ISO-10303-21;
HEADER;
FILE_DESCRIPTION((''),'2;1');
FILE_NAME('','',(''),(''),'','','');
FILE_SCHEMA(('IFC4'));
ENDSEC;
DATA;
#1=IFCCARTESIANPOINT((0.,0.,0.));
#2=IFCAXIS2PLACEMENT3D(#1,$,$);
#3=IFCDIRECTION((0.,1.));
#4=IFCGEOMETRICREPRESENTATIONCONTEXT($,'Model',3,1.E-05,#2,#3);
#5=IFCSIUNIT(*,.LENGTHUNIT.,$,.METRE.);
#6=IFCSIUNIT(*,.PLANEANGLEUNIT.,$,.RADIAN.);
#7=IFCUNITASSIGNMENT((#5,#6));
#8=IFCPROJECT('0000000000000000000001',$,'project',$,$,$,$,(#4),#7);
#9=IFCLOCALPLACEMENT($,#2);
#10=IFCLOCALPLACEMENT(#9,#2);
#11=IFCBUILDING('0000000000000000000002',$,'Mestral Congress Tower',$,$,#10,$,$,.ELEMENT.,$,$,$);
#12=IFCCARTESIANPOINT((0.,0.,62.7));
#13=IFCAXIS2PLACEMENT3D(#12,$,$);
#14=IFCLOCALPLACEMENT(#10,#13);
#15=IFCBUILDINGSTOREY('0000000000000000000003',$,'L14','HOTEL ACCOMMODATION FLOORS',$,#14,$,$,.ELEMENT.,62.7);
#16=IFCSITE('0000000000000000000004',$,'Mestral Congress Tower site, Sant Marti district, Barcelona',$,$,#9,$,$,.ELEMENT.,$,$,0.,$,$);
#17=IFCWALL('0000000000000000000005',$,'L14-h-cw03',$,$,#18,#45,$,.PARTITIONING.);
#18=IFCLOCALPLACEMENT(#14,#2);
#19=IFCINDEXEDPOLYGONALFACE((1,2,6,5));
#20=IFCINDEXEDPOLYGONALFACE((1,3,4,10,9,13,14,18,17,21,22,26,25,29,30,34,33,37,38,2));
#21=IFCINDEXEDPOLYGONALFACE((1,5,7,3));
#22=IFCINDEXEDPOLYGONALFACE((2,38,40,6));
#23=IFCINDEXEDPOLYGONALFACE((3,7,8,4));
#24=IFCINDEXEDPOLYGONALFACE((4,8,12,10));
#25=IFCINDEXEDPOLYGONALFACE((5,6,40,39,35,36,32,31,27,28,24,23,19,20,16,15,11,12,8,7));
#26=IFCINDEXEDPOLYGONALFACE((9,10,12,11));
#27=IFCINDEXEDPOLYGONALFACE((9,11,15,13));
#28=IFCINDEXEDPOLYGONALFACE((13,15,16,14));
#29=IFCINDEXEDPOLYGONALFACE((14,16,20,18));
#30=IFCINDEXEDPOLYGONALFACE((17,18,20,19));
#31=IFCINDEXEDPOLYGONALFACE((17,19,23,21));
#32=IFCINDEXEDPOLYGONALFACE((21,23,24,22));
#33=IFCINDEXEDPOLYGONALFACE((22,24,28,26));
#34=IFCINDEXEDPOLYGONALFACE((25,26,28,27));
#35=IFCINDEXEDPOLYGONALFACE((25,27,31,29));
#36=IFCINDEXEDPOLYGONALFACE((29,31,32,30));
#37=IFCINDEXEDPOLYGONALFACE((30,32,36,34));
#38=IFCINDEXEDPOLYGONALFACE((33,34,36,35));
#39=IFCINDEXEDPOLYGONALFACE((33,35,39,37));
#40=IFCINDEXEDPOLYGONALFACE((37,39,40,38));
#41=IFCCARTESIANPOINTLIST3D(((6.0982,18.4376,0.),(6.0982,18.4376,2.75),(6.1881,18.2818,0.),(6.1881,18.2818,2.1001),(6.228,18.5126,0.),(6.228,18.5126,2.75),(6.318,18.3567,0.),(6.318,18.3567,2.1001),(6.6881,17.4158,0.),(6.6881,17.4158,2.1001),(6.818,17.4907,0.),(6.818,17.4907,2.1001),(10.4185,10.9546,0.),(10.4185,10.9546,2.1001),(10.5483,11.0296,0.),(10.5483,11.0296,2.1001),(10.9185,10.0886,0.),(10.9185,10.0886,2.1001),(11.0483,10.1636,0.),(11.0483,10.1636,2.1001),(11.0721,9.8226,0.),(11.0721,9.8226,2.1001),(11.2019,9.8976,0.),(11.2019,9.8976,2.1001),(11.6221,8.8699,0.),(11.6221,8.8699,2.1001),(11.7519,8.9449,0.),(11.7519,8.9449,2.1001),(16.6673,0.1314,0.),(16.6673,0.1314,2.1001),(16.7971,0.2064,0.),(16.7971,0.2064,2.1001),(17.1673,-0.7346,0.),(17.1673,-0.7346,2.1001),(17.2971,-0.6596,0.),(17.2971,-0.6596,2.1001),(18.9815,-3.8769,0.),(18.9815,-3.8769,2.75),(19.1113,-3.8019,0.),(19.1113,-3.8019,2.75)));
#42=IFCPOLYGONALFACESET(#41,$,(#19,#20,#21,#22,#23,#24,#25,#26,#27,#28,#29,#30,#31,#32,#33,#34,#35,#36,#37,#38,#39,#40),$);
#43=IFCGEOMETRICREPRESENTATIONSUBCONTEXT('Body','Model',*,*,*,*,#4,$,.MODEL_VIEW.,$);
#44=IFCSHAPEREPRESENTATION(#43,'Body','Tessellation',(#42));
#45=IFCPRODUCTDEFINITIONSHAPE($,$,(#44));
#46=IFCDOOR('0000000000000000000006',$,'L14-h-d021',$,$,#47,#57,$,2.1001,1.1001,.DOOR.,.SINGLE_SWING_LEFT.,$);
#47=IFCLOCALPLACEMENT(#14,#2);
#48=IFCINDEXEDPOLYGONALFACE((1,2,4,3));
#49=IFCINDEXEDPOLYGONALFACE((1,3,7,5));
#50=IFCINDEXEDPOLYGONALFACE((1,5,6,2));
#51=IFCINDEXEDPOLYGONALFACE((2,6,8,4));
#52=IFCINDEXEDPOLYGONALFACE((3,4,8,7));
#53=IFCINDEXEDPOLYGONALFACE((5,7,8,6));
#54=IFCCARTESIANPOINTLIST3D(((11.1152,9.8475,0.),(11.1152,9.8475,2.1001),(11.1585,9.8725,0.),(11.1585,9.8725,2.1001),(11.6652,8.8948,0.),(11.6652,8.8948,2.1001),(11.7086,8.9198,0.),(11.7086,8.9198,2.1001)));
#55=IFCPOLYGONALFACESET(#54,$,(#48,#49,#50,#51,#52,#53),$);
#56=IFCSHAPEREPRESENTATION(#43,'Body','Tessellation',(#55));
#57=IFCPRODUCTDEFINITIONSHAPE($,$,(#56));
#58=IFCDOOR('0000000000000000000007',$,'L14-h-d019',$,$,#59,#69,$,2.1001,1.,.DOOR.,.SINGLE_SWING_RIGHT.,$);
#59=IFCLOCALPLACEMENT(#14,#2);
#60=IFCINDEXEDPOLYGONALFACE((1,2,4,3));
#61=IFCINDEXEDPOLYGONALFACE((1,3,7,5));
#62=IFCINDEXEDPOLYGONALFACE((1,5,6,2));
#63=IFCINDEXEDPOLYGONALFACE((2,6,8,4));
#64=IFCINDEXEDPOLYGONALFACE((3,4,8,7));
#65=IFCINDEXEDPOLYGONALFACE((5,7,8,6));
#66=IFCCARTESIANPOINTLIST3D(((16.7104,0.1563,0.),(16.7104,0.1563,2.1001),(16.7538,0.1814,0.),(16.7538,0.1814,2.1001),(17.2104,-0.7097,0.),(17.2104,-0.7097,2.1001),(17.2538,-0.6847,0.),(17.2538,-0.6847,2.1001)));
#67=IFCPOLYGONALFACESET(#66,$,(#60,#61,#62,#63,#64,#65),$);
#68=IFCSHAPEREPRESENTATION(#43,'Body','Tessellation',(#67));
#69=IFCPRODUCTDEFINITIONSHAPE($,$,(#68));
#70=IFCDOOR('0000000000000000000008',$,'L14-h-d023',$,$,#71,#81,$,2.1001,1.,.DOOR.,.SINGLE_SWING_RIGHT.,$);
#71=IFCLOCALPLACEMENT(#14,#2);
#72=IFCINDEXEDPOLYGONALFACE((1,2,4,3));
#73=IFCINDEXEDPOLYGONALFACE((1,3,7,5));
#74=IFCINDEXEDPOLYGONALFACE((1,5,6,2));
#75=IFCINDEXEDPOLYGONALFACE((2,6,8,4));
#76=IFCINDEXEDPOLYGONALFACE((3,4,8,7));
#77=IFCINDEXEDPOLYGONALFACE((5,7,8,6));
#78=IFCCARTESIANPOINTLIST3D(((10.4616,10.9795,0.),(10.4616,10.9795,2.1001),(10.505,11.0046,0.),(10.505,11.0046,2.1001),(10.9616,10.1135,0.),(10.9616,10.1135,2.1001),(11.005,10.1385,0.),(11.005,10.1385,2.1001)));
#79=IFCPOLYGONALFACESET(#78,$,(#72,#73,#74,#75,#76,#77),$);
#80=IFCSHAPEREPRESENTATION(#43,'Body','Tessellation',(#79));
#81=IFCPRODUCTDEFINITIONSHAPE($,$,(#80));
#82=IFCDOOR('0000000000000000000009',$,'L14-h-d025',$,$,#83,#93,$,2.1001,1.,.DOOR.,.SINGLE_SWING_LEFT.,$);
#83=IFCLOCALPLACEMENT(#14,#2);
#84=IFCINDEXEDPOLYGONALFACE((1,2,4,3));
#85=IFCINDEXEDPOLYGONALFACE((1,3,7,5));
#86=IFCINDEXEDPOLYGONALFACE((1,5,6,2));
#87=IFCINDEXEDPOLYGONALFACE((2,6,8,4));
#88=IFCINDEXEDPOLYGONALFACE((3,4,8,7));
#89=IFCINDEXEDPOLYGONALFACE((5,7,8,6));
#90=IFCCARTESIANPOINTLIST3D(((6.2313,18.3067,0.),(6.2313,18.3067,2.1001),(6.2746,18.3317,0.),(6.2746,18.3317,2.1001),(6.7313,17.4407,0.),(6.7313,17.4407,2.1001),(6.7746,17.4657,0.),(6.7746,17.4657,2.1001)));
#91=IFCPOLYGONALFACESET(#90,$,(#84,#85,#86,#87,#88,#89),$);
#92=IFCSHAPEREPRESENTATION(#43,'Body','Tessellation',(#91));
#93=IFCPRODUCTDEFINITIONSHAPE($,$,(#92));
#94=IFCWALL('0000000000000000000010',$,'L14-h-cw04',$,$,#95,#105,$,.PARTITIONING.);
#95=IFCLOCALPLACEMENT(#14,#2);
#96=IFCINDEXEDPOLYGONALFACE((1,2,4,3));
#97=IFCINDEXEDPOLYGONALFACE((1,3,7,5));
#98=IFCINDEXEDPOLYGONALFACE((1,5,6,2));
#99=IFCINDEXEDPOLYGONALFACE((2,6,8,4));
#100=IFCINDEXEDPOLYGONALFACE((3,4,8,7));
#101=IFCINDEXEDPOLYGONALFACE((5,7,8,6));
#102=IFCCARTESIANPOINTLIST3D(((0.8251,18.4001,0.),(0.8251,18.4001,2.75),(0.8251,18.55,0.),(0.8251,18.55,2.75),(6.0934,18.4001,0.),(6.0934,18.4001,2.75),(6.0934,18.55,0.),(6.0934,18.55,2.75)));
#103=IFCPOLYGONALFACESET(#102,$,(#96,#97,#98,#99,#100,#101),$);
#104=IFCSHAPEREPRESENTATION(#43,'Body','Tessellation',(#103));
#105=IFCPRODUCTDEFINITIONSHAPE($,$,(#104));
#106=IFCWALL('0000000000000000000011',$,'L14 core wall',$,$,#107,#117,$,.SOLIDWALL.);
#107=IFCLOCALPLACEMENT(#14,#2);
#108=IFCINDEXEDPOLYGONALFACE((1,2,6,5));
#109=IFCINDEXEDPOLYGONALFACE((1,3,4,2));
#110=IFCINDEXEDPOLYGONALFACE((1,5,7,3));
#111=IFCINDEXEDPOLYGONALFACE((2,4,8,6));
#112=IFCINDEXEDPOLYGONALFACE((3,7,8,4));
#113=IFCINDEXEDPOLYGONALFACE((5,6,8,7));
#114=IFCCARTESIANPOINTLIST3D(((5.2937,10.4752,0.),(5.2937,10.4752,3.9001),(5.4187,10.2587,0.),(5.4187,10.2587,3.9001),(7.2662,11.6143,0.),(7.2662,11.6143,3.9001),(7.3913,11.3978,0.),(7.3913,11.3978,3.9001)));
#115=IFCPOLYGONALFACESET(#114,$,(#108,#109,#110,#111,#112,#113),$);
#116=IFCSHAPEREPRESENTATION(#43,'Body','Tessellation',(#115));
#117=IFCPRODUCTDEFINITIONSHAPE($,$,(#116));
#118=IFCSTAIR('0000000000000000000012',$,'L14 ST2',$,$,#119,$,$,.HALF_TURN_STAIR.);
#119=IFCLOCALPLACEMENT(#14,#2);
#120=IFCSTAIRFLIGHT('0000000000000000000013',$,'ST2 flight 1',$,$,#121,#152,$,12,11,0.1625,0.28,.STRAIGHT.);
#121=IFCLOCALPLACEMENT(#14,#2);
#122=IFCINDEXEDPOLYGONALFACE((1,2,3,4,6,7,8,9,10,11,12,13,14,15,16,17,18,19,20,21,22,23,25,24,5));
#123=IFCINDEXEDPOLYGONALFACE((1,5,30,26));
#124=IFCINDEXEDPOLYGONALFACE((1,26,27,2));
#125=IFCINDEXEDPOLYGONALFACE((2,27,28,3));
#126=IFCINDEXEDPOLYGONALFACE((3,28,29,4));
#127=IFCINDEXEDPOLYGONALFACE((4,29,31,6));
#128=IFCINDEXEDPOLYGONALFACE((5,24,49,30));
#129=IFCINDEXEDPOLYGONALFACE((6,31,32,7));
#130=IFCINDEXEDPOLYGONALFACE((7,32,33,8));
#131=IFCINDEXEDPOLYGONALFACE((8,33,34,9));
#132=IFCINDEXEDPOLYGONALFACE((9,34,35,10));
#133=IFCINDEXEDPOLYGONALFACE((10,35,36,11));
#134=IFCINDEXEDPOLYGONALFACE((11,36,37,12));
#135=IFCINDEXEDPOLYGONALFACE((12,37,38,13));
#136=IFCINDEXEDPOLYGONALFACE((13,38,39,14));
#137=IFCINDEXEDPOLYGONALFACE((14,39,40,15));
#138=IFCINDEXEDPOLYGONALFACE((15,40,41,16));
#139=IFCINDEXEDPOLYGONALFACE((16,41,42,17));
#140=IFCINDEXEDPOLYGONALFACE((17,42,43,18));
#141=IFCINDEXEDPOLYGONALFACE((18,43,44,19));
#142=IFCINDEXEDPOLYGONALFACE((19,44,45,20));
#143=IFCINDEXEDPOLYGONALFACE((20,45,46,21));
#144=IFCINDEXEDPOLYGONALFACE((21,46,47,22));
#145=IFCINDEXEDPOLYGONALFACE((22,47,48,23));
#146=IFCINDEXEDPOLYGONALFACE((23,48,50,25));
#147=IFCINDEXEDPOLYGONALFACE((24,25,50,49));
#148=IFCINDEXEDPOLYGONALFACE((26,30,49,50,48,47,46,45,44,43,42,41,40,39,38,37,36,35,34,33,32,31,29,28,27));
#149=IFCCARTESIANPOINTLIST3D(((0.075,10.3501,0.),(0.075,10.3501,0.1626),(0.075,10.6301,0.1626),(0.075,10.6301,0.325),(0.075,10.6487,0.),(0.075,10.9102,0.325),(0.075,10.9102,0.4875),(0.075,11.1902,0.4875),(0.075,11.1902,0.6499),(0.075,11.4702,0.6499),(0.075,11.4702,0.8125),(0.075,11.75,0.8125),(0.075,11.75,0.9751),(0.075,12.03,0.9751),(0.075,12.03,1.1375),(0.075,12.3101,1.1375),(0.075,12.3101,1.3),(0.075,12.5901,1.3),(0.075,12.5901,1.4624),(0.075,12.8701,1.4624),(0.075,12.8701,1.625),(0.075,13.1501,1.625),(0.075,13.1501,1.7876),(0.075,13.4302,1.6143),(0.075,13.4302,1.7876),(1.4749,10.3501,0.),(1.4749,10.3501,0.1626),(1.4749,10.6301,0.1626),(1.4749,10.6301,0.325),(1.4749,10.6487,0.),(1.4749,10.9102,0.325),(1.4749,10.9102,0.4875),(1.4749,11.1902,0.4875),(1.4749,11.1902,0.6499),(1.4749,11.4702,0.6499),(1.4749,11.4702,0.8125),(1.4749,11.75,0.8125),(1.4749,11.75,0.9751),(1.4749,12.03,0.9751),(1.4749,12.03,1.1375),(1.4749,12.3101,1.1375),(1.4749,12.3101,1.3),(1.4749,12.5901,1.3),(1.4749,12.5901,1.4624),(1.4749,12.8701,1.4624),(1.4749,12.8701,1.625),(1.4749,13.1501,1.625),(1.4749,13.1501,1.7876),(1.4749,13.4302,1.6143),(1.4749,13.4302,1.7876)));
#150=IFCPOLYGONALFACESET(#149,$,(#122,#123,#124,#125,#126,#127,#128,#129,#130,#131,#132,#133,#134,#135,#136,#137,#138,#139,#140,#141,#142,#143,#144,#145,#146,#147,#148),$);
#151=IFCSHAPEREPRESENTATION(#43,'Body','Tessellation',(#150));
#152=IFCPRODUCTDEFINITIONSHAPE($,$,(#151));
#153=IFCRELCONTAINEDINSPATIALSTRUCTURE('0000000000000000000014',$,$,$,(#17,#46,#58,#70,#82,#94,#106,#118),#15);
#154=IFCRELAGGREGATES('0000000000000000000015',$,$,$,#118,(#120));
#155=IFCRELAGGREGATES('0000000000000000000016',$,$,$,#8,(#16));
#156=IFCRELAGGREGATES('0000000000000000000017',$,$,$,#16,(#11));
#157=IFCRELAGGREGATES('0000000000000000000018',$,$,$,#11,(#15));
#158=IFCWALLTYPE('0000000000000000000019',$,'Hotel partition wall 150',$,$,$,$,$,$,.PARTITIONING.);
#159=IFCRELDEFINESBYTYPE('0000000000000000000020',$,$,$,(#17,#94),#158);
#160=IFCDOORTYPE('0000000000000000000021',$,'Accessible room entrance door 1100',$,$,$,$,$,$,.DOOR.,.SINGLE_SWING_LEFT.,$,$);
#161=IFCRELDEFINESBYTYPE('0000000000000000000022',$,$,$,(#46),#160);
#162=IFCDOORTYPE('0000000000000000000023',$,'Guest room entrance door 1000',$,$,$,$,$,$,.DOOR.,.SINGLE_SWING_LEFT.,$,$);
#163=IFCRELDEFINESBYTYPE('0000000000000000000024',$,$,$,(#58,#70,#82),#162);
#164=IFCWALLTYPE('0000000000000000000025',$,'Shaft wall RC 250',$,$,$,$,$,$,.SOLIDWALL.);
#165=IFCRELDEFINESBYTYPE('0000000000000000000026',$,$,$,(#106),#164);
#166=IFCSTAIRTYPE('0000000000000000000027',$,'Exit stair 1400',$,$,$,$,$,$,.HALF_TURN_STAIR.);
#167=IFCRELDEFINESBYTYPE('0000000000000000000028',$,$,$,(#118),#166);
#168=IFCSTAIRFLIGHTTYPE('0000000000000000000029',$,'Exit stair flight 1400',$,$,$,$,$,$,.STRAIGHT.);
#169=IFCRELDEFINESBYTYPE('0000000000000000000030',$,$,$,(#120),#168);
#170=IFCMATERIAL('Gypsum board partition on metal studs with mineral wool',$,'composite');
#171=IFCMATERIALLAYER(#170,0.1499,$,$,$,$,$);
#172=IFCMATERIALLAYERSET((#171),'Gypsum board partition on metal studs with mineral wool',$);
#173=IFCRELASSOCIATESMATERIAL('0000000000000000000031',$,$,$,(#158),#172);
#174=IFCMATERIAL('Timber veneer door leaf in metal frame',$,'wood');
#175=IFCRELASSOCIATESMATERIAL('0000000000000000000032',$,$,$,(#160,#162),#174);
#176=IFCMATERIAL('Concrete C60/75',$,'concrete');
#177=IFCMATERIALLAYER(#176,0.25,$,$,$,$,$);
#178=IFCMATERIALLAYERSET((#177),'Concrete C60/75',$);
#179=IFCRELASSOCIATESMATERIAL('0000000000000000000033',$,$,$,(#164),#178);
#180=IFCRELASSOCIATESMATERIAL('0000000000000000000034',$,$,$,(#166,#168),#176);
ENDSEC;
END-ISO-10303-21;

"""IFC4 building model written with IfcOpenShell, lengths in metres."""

from ifc_helpers import new_model, si_unit, direction, frame, frame_2d, origin, place, context, subcontext, project, spatial, polyline, rectangle, outline, extrude, material, layer, layer_set, type_object, element, fill, aggregate, save


model = new_model("IFC4")

# Units and contexts
model_context = context("Model", 3, precision=1e-05, world=origin(), true_north=direction((0.0, 1.0)))
body_context = subcontext(model_context, "Body", "Model", "MODEL_VIEW")
ifc_project = project(units=[si_unit("LENGTHUNIT", "METRE"), si_unit("PLANEANGLEUNIT", "RADIAN")], contexts=[model_context])

# Site, building, storey
site_placement = place(None, origin())
site = spatial("IfcSite", under=ifc_project, at=site_placement, Name="Mestral Congress Tower site, Sant Marti district, Barcelona", CompositionType="ELEMENT", RefElevation=0.0)
building_placement = place(site_placement, origin())
building = spatial("IfcBuilding", under=site, at=building_placement, Name="Mestral Congress Tower", CompositionType="ELEMENT")
storey_placement = place(building_placement, frame((0.0, 0.0, 62.7)))
storey = spatial("IfcBuildingStorey", under=building, at=storey_placement, Name="L14", Description="HOTEL ACCOMMODATION FLOORS", CompositionType="ELEMENT", Elevation=62.7)

# Shared definitions
ifc_material_1 = material(Name="Concrete C60/75", Category="concrete")

# Shared definitions
ifc_material_2 = material(Name="Gypsum board partition on metal studs with mineral wool", Category="composite")

# Wall, openings, doors
ifc_layer_1 = layer(ifc_material_2, 0.1499)
ifc_layer_set_1 = layer_set([ifc_layer_1], Name="Gypsum board partition on metal studs with mineral wool")
wall_type_1 = type_object("IfcWallType", Name="Hotel partition wall 150", PredefinedType="PARTITIONING", material=ifc_layer_set_1)
wall_1_placement = place(storey_placement, frame((6.1631, 18.4751, 0.0), z_axis=(0.0, 0.0, 1.0), x_axis=(0.500001, -0.866025, 0.0)))
wall_1 = element("IfcWall", 1, at=wall_1_placement, inside=storey, type_object=wall_type_1, Name="L14-h-cw03", PredefinedType="PARTITIONING", context=body_context, shape_type="SweptSolid", body=[
    extrude(rectangle(XDim=25.7666, YDim=0.1499, at=frame_2d((12.8833, 0.0))), origin(), (0.0, 0.0, 1.0), 2.75),
])
opening_1_placement = place(wall_1_placement, frame((21.1382, 0.0, 0.0)))
opening_1 = element("IfcOpeningElement", 2, at=opening_1_placement, cuts=wall_1, PredefinedType="OPENING", context=body_context, shape_type="SweptSolid", body=[
    extrude(rectangle(XDim=1.0, YDim=2.1001, at=frame_2d((0.5, 1.05))), frame((0.0, 0.085, 0.0), z_axis=(0.0, -1.0, 0.0), x_axis=(1.0, 0.0, 0.0)), (0.0, 0.0, 1.0), 0.1699),
])
opening_2_placement = place(wall_1_placement, frame((9.9478, 0.0, 0.0)))
opening_2 = element("IfcOpeningElement", 3, at=opening_2_placement, cuts=wall_1, PredefinedType="OPENING", context=body_context, shape_type="SweptSolid", body=[
    extrude(rectangle(XDim=1.1001, YDim=2.1001, at=frame_2d((0.55, 1.05))), frame((0.0, 0.085, 0.0), z_axis=(0.0, -1.0, 0.0), x_axis=(1.0, 0.0, 0.0)), (0.0, 0.0, 1.0), 0.1699),
])
opening_3_placement = place(wall_1_placement, frame((8.6406, 0.0, 0.0)))
opening_3 = element("IfcOpeningElement", 4, at=opening_3_placement, cuts=wall_1, PredefinedType="OPENING", context=body_context, shape_type="SweptSolid", body=[
    extrude(rectangle(XDim=1.0, YDim=2.1001, at=frame_2d((0.5, 1.05))), frame((0.0, 0.085, 0.0), z_axis=(0.0, -1.0, 0.0), x_axis=(1.0, 0.0, 0.0)), (0.0, 0.0, 1.0), 0.1699),
])
opening_4_placement = place(wall_1_placement, frame((0.1799, 0.0, 0.0)))
opening_4 = element("IfcOpeningElement", 5, at=opening_4_placement, cuts=wall_1, PredefinedType="OPENING", context=body_context, shape_type="SweptSolid", body=[
    extrude(rectangle(XDim=1.0, YDim=2.1001, at=frame_2d((0.5, 1.05))), frame((0.0, 0.085, 0.0), z_axis=(0.0, -1.0, 0.0), x_axis=(1.0, 0.0, 0.0)), (0.0, 0.0, 1.0), 0.1699),
])
ifc_material_3 = material(Name="Timber veneer door leaf in metal frame", Category="wood")
door_type_1 = type_object("IfcDoorType", Name="Accessible room entrance door 1100", OperationType="SINGLE_SWING_LEFT", PredefinedType="DOOR", material=ifc_material_3)
door_1_placement = place(opening_2_placement, origin())
door_1 = element("IfcDoor", 6, at=door_1_placement, inside=storey, type_object=door_type_1, Name="L14-h-d021", OperationType="SINGLE_SWING_LEFT", OverallHeight=2.1001, OverallWidth=1.1001, PredefinedType="DOOR", context=body_context, shape_type="SweptSolid", body=[
    extrude(rectangle(XDim=1.1001, YDim=2.1001, at=frame_2d((0.55, 1.05))), frame((0.0, 0.0249, 0.0), z_axis=(0.0, -1.0, 0.0), x_axis=(1.0, 0.0, 0.0)), (0.0, 0.0, 1.0), 0.05),
])
fill(opening_2, door_1)
door_type_2 = type_object("IfcDoorType", Name="Guest room entrance door 1000", OperationType="SINGLE_SWING_LEFT", PredefinedType="DOOR", material=ifc_material_3)
door_2_placement = place(opening_1_placement, origin())
door_2 = element("IfcDoor", 7, at=door_2_placement, inside=storey, type_object=door_type_2, Name="L14-h-d019", OperationType="SINGLE_SWING_RIGHT", OverallHeight=2.1001, OverallWidth=1.0, PredefinedType="DOOR", context=body_context, shape_type="SweptSolid", body=[
    extrude(rectangle(XDim=1.0, YDim=2.1001, at=frame_2d((0.5, 1.05))), frame((0.0, 0.0249, 0.0), z_axis=(0.0, -1.0, 0.0), x_axis=(1.0, 0.0, 0.0)), (0.0, 0.0, 1.0), 0.05),
])
fill(opening_1, door_2)
door_3_placement = place(opening_3_placement, origin())
door_3 = element("IfcDoor", 8, at=door_3_placement, inside=storey, type_object=door_type_2, Name="L14-h-d023", OperationType="SINGLE_SWING_RIGHT", OverallHeight=2.1001, OverallWidth=1.0, PredefinedType="DOOR", context=body_context, shape_type="SweptSolid", body=[
    extrude(rectangle(XDim=1.0, YDim=2.1001, at=frame_2d((0.5, 1.05))), frame((0.0, 0.0249, 0.0), z_axis=(0.0, -1.0, 0.0), x_axis=(1.0, 0.0, 0.0)), (0.0, 0.0, 1.0), 0.05),
])
fill(opening_3, door_3)
door_4_placement = place(opening_4_placement, origin())
door_4 = element("IfcDoor", 9, at=door_4_placement, inside=storey, type_object=door_type_2, Name="L14-h-d025", OperationType="SINGLE_SWING_LEFT", OverallHeight=2.1001, OverallWidth=1.0, PredefinedType="DOOR", context=body_context, shape_type="SweptSolid", body=[
    extrude(rectangle(XDim=1.0, YDim=2.1001, at=frame_2d((0.5, 1.05))), frame((0.0, 0.0249, 0.0), z_axis=(0.0, -1.0, 0.0), x_axis=(1.0, 0.0, 0.0)), (0.0, 0.0, 1.0), 0.05),
])
fill(opening_4, door_4)

# Walls
wall_2_placement = place(storey_placement, frame((0.825, 18.4751, 0.0), z_axis=(0.0, 0.0, 1.0), x_axis=(1.0, 0.0, 0.0)))
element("IfcWall", 10, at=wall_2_placement, inside=storey, type_object=wall_type_1, Name="L14-h-cw04", PredefinedType="PARTITIONING", context=body_context, shape_type="SweptSolid", body=[
    extrude(rectangle(XDim=5.2683, YDim=0.1499, at=frame_2d((2.6343, 0.0))), origin(), (0.0, 0.0, 1.0), 2.75),
])
ifc_layer_2 = layer(ifc_material_1, 0.25)
ifc_layer_set_2 = layer_set([ifc_layer_2], Name="Concrete C60/75")
wall_type_2 = type_object("IfcWallType", Name="Shaft wall RC 250", PredefinedType="SOLIDWALL", material=ifc_layer_set_2)
wall_3_placement = place(storey_placement, frame((5.3562, 10.3669, 0.0), z_axis=(0.0, 0.0, 1.0), x_axis=(0.865979, 0.500081, 0.0)))
element("IfcWall", 11, at=wall_3_placement, inside=storey, type_object=wall_type_2, Name="L14 core wall", PredefinedType="SOLIDWALL", context=body_context, shape_type="SweptSolid", body=[
    extrude(rectangle(XDim=2.2778, YDim=0.25, at=frame_2d((1.1389, 0.0))), origin(), (0.0, 0.0, 1.0), 3.9001),
])

# Stair, stair flight
stair_type = type_object("IfcStairType", Name="Exit stair 1400", PredefinedType="HALF_TURN_STAIR", material=ifc_material_1)
stair_placement = place(storey_placement, origin())
stair = element("IfcStair", 12, at=stair_placement, inside=storey, type_object=stair_type, Name="L14 ST2", PredefinedType="HALF_TURN_STAIR")
stair_flight_type = type_object("IfcStairFlightType", Name="Exit stair flight 1400", PredefinedType="STRAIGHT", material=ifc_material_1)
stair_flight_placement = place(storey_placement, frame((0.7749, 10.3501, 0.0), z_axis=(0.0, 0.0, 1.0), x_axis=(0.0, 1.0, 0.0)))
stair_flight = element("IfcStairFlight", 13, at=stair_flight_placement, type_object=stair_flight_type, Name="ST2 flight 1", NumberOfRisers=12, NumberOfTreads=11, PredefinedType="STRAIGHT", RiserHeight=0.1625, TreadLength=0.28, context=body_context, shape_type="SweptSolid", body=[
    extrude(outline(polyline([(0.0, 0.0), (0.0, 0.1626), (0.28, 0.1626), (0.28, 0.325), (0.5601, 0.325), (0.5601, 0.4875), (0.8401, 0.4875), (0.8401, 0.6499), (1.1201, 0.6499), (1.1201, 0.8125), (1.3999, 0.8125), (1.3999, 0.9751), (1.6799, 0.9751), (1.6799, 1.1375), (1.96, 1.1375), (1.96, 1.3), (2.24, 1.3), (2.24, 1.4624), (2.52, 1.4624), (2.52, 1.625), (2.8, 1.625), (2.8, 1.7876), (3.0801, 1.7876), (3.0801, 1.95), (3.0801, 1.6143), (0.2986, 0.0), (0.0, 0.0)])), frame((0.0, 0.7, 0.0), z_axis=(0.0, -1.0, 0.0), x_axis=(1.0, 0.0, 0.0)), (0.0, 0.0, 1.0), 1.3999),
])
aggregate(stair, [stair_flight])

save(model, "model.ifc")
